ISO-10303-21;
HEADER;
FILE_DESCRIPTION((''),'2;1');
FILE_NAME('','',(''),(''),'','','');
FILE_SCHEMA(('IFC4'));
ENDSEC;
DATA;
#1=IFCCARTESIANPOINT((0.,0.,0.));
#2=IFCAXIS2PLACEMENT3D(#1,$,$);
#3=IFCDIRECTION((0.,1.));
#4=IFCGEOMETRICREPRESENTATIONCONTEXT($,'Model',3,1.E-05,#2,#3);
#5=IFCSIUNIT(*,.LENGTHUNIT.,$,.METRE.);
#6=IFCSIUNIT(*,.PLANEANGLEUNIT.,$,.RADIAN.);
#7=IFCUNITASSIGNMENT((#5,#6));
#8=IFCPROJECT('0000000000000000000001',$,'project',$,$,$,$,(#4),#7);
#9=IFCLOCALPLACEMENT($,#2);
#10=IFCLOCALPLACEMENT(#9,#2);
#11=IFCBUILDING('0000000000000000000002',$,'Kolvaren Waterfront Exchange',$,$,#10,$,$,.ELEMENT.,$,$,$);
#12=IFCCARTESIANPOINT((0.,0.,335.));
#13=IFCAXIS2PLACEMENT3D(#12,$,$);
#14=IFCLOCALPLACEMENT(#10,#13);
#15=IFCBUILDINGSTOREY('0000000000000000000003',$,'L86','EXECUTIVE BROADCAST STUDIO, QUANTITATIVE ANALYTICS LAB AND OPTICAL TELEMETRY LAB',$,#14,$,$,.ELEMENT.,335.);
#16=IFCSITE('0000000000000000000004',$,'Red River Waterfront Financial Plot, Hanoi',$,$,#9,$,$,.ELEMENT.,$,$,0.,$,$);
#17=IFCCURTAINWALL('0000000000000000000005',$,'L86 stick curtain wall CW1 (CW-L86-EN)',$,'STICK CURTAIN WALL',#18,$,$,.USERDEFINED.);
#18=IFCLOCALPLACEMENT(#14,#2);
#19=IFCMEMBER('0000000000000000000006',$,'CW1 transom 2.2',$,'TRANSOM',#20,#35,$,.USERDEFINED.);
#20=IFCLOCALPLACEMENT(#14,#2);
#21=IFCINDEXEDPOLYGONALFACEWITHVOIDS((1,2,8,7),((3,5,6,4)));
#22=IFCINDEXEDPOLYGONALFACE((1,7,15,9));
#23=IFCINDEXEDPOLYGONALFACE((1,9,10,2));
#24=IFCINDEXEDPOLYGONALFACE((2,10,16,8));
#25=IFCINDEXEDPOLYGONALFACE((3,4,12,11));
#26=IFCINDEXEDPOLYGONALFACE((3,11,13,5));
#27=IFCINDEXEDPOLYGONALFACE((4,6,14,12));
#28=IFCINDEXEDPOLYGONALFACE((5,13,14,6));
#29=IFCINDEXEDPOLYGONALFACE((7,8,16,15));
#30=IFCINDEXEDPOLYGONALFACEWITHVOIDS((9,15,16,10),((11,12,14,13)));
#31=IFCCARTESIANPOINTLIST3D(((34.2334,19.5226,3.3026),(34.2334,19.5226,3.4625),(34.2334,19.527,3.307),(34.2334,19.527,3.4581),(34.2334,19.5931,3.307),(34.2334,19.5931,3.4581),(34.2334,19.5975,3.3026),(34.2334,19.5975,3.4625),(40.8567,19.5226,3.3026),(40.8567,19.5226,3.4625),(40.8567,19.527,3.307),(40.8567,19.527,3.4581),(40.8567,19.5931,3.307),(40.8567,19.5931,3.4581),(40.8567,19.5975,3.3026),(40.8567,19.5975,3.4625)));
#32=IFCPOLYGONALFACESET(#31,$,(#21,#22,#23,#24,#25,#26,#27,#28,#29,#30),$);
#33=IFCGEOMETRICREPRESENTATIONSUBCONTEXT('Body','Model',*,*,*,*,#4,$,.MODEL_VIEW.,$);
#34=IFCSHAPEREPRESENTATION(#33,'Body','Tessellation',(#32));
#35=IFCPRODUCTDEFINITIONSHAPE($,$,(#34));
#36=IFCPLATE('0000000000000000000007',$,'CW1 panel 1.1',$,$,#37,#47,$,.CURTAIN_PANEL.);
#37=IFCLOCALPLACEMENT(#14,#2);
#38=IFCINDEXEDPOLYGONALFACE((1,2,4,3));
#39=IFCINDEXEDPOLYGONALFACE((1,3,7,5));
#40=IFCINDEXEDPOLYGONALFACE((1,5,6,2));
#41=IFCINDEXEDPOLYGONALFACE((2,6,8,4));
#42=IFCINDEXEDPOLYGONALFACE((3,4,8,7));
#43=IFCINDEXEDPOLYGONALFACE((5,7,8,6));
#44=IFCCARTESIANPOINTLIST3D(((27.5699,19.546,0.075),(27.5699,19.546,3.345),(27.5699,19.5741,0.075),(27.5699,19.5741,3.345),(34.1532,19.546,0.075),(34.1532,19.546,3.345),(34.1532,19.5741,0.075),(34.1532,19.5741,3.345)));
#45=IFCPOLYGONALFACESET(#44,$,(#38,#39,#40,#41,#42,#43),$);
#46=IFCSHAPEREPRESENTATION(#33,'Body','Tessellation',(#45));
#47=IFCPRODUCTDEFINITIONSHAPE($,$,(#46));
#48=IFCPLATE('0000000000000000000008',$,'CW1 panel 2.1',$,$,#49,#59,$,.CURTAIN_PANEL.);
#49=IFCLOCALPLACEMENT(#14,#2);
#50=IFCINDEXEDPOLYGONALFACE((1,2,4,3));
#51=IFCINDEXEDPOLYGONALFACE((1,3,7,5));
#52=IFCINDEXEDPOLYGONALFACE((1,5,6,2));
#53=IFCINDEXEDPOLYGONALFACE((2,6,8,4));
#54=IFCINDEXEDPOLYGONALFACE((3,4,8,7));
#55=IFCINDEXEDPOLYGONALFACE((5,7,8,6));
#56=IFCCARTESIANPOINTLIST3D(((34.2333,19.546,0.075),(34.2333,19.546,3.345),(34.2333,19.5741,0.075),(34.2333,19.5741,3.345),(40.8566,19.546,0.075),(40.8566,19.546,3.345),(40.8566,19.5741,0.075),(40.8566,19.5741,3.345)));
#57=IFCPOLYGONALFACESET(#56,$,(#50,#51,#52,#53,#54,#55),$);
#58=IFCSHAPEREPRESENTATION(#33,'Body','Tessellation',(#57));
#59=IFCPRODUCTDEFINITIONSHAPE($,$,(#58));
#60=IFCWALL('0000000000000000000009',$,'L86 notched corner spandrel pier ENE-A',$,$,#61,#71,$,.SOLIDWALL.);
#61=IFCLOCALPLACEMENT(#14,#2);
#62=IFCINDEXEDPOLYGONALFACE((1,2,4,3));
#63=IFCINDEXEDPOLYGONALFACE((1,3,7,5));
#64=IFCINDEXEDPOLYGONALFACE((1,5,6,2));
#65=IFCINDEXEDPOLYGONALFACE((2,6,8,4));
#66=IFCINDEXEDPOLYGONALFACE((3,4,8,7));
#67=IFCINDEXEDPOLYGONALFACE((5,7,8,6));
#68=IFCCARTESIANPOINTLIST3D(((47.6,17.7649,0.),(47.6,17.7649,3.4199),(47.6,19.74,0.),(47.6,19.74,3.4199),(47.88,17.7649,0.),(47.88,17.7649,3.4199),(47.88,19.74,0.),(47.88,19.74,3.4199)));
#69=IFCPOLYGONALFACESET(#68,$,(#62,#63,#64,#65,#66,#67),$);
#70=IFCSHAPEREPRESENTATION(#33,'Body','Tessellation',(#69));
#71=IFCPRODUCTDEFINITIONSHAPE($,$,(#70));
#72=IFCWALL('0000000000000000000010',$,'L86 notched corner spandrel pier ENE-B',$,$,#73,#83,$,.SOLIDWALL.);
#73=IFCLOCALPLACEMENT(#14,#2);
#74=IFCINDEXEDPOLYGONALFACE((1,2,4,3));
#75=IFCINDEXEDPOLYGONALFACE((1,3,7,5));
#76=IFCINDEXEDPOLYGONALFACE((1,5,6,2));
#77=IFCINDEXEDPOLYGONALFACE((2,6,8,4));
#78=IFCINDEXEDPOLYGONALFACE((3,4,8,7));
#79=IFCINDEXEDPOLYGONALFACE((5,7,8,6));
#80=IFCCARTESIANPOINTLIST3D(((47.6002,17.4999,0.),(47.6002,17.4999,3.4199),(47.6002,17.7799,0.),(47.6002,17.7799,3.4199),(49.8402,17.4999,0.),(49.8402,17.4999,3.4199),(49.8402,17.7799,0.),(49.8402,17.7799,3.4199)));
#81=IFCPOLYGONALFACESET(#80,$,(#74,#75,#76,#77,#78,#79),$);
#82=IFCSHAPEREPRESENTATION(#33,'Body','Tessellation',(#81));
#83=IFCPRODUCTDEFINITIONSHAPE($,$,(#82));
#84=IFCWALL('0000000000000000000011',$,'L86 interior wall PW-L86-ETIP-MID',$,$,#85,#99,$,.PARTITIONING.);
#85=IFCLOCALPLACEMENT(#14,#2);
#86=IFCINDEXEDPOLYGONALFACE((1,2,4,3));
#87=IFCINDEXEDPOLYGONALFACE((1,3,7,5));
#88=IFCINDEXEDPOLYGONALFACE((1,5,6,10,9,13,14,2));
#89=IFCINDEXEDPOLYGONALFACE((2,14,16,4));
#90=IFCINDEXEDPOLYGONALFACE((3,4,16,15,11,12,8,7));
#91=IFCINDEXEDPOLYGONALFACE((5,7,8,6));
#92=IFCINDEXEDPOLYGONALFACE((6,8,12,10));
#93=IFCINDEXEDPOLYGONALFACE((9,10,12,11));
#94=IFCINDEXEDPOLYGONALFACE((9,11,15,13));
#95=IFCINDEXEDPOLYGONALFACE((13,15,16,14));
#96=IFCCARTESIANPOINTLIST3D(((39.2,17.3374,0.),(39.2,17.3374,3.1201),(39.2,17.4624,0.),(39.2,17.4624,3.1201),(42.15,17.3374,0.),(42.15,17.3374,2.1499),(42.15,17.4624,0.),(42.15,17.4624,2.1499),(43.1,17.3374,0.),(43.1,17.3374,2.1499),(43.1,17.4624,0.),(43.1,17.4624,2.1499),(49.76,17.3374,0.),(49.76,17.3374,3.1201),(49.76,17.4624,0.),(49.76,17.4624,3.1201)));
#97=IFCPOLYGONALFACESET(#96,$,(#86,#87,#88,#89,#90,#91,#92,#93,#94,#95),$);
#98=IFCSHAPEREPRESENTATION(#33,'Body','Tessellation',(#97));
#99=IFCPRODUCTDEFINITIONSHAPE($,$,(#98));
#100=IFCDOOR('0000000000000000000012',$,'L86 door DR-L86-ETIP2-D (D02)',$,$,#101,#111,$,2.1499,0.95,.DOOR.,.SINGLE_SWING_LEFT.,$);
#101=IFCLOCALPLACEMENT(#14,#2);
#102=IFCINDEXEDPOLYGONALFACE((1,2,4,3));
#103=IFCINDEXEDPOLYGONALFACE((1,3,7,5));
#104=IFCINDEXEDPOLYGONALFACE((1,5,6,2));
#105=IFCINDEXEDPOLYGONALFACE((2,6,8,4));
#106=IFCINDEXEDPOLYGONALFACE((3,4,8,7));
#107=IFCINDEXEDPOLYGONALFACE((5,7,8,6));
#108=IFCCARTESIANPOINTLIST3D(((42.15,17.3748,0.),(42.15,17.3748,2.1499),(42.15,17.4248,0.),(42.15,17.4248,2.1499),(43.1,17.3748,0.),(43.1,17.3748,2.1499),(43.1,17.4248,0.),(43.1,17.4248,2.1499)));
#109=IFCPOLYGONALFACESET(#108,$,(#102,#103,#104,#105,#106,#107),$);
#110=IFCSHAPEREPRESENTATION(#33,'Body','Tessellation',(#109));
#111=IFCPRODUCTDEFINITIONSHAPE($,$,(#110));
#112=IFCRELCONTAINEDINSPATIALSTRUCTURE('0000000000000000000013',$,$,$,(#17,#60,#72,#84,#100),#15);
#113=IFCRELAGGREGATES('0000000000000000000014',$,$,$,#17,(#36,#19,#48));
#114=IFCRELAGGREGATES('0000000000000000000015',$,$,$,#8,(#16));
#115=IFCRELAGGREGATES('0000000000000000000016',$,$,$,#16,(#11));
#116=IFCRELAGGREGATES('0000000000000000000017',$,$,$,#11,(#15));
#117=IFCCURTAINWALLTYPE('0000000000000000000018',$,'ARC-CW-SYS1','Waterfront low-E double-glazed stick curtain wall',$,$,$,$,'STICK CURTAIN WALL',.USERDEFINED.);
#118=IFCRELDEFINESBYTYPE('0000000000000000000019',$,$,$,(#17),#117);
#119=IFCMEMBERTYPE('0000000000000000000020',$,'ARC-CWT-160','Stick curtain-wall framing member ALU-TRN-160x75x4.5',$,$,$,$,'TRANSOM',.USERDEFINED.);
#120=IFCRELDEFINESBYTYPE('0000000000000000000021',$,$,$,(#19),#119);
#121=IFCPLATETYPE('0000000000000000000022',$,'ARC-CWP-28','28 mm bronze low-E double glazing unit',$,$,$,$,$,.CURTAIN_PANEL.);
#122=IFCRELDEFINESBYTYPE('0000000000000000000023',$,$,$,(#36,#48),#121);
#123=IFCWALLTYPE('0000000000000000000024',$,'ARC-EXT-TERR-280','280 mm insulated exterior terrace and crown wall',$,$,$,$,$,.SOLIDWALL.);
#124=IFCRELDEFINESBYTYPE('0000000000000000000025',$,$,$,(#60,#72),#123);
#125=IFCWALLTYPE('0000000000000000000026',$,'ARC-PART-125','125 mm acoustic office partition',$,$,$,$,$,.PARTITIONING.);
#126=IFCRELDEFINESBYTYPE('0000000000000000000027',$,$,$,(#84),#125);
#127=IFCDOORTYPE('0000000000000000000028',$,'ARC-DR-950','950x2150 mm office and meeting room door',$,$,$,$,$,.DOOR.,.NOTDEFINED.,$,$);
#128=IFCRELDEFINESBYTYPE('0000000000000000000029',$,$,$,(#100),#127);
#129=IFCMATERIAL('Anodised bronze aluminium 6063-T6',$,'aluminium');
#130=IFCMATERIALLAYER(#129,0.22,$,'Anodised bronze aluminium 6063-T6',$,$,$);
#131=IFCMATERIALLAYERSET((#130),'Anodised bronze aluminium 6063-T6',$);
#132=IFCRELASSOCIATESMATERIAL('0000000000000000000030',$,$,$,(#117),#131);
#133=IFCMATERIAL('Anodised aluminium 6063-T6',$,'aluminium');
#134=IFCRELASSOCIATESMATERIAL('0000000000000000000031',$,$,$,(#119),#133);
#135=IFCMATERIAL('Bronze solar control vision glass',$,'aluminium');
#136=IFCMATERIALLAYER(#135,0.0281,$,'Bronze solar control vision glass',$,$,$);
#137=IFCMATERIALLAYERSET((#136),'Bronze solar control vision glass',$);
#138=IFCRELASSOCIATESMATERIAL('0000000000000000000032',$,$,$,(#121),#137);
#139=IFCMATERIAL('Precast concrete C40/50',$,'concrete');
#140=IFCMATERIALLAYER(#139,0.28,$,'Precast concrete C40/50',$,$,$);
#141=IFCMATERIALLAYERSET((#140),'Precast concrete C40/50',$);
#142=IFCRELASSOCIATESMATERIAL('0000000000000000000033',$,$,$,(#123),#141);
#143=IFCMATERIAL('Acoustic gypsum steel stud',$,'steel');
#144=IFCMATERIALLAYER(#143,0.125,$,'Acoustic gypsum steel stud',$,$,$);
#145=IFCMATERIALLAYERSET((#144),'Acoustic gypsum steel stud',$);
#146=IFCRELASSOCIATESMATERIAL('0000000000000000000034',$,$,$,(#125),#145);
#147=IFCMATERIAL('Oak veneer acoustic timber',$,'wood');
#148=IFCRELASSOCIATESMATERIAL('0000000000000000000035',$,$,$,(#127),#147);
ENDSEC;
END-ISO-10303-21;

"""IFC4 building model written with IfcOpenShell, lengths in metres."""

from ifc_helpers import new_model, si_unit, direction, frame, frame_2d, origin, origin_with_axes, origin_2d, place, context, subcontext, project, spatial, rectangle, hollow_rectangle, extrude, source, transform, mapped, material, layer, layer_set, material_profile, profile_set, type_object, element, fill, aggregate, save


model = new_model("IFC4")

# Units and contexts
model_context = context("Model", 3, precision=1e-05, world=origin(), true_north=direction((0.0, 1.0)))
body_context = subcontext(model_context, "Body", "Model", "MODEL_VIEW")
ifc_project = project(units=[si_unit("LENGTHUNIT", "METRE"), si_unit("PLANEANGLEUNIT", "RADIAN")], contexts=[model_context])

# Site, building, storey
site_placement = place(None, origin())
site = spatial("IfcSite", under=ifc_project, at=site_placement, Name="Red River Waterfront Financial Plot, Hanoi", CompositionType="ELEMENT", RefElevation=0.0)
building_placement = place(site_placement, origin())
building = spatial("IfcBuilding", under=site, at=building_placement, Name="Kolvaren Waterfront Exchange", CompositionType="ELEMENT")
storey_placement = place(building_placement, frame((0.0, 0.0, 335.0)))
storey = spatial("IfcBuildingStorey", under=building, at=storey_placement, Name="L86", Description="EXECUTIVE BROADCAST STUDIO, QUANTITATIVE ANALYTICS LAB AND OPTICAL TELEMETRY LAB", CompositionType="ELEMENT", Elevation=335.0)

# Curtain wall, member, plates
ifc_material_1 = material(Name="Anodised bronze aluminium 6063-T6", Category="aluminium")
ifc_layer_1 = layer(ifc_material_1, 0.22, Name="Anodised bronze aluminium 6063-T6")
ifc_layer_set_1 = layer_set([ifc_layer_1], Name="Anodised bronze aluminium 6063-T6")
curtain_wall_type = type_object("IfcCurtainWallType", Name="ARC-CW-SYS1", Description="Waterfront low-E double-glazed stick curtain wall", ElementType="STICK CURTAIN WALL", PredefinedType="USERDEFINED", material=ifc_layer_set_1)
curtain_wall_placement = place(storey_placement, origin())
curtain_wall = element("IfcCurtainWall", 1, at=curtain_wall_placement, inside=storey, type_object=curtain_wall_type, Name="L86 stick curtain wall CW1 (CW-L86-EN)", ObjectType="STICK CURTAIN WALL", PredefinedType="USERDEFINED")
ifc_material_2 = material(Name="Anodised aluminium 6063-T6", Category="aluminium")
ifc_material_profile_1 = material_profile(ifc_material_2, hollow_rectangle(XDim=0.075, YDim=0.1599, WallThickness=0.0044, at=origin_2d()), Name="ALU-TRN-160x75x4.5")
ifc_profile_set_1 = profile_set([ifc_material_profile_1], Name="Anodised aluminium 6063-T6")
member_type_1 = type_object("IfcMemberType", Name="ARC-CWT-160", Description="Stick curtain-wall framing member ALU-TRN-160x75x4.5", ElementType="TRANSOM", PredefinedType="USERDEFINED", material=ifc_profile_set_1)
shared_shape_1 = source(origin_with_axes(), body_context, "Body", "SweptSolid", [
    extrude(hollow_rectangle(XDim=0.075, YDim=0.1599, WallThickness=0.0044, at=origin_2d()), origin(), (0.0, 0.0, 1.0), 6.6233),
])
member_1_placement = place(storey_placement, frame((34.2334, 19.5601, 3.3826), z_axis=(1.0, 0.0, 0.0), x_axis=(0.0, 1.0, 0.0)))
member_1 = element("IfcMember", 2, at=member_1_placement, type_object=member_type_1, Name="CW1 transom 2.2", ObjectType="TRANSOM", PredefinedType="USERDEFINED", context=body_context, shape_type="MappedRepresentation", body=[
    mapped(shared_shape_1, transform((0.0, 0.0, 0.0), x_axis=(1.0, 0.0, 0.0), y_axis=(0.0, 1.0, 0.0), z_axis=(0.0, 0.0, 1.0), scale=1.0)),
])
ifc_material_3 = material(Name="Bronze solar control vision glass", Category="aluminium")
ifc_layer_2 = layer(ifc_material_3, 0.0281, Name="Bronze solar control vision glass")
ifc_layer_set_2 = layer_set([ifc_layer_2], Name="Bronze solar control vision glass")
plate_type = type_object("IfcPlateType", Name="ARC-CWP-28", Description="28 mm bronze low-E double glazing unit", PredefinedType="CURTAIN_PANEL", material=ifc_layer_set_2)
shared_shape_2 = source(origin_with_axes(), body_context, "Body", "SweptSolid", [
    extrude(rectangle(XDim=6.5833, YDim=0.0281, at=origin_2d()), origin(), (0.0, 0.0, 1.0), 3.27),
])
plate_1_placement = place(storey_placement, frame((30.8616, 19.5601, 0.075), z_axis=(0.0, 0.0, 1.0), x_axis=(1.0, 0.0, 0.0)))
plate_1 = element("IfcPlate", 3, at=plate_1_placement, type_object=plate_type, Name="CW1 panel 1.1", PredefinedType="CURTAIN_PANEL", context=body_context, shape_type="MappedRepresentation", body=[
    mapped(shared_shape_2, transform((0.0, 0.0, 0.0), x_axis=(1.0, 0.0, 0.0), y_axis=(0.0, 1.0, 0.0), z_axis=(0.0, 0.0, 1.0), scale=1.0)),
])
shared_shape_3 = source(origin_with_axes(), body_context, "Body", "SweptSolid", [
    extrude(rectangle(XDim=6.6233, YDim=0.0281, at=origin_2d()), origin(), (0.0, 0.0, 1.0), 3.27),
])
plate_2_placement = place(storey_placement, frame((37.5449, 19.5601, 0.075), z_axis=(0.0, 0.0, 1.0), x_axis=(1.0, 0.0, 0.0)))
plate_2 = element("IfcPlate", 4, at=plate_2_placement, type_object=plate_type, Name="CW1 panel 2.1", PredefinedType="CURTAIN_PANEL", context=body_context, shape_type="MappedRepresentation", body=[
    mapped(shared_shape_3, transform((0.0, 0.0, 0.0), x_axis=(1.0, 0.0, 0.0), y_axis=(0.0, 1.0, 0.0), z_axis=(0.0, 0.0, 1.0), scale=1.0)),
])
aggregate(curtain_wall, [plate_1, member_1, plate_2])

# Walls
ifc_material_4 = material(Name="Precast concrete C40/50", Category="concrete")
ifc_layer_3 = layer(ifc_material_4, 0.28, Name="Precast concrete C40/50")
ifc_layer_set_3 = layer_set([ifc_layer_3], Name="Precast concrete C40/50")
wall_type_1 = type_object("IfcWallType", Name="ARC-EXT-TERR-280", Description="280 mm insulated exterior terrace and crown wall", PredefinedType="SOLIDWALL", material=ifc_layer_set_3)
wall_1_placement = place(storey_placement, frame((47.74, 17.7649, 0.0), z_axis=(0.0, 0.0, 1.0), x_axis=(0.0, 1.0, 0.0)))
element("IfcWall", 5, at=wall_1_placement, inside=storey, type_object=wall_type_1, Name="L86 notched corner spandrel pier ENE-A", PredefinedType="SOLIDWALL", context=body_context, shape_type="SweptSolid", body=[
    extrude(rectangle(XDim=1.9751, YDim=0.28, at=frame_2d((0.9875, 0.0))), origin(), (0.0, 0.0, 1.0), 3.4199),
])
wall_2_placement = place(storey_placement, frame((47.6001, 17.6399, 0.0), z_axis=(0.0, 0.0, 1.0), x_axis=(1.0, 0.0, 0.0)))
element("IfcWall", 6, at=wall_2_placement, inside=storey, type_object=wall_type_1, Name="L86 notched corner spandrel pier ENE-B", PredefinedType="SOLIDWALL", context=body_context, shape_type="SweptSolid", body=[
    extrude(rectangle(XDim=2.24, YDim=0.28, at=frame_2d((1.1201, 0.0))), origin(), (0.0, 0.0, 1.0), 3.4199),
])

# Wall, opening, door
ifc_material_5 = material(Name="Acoustic gypsum steel stud", Category="steel")
ifc_layer_4 = layer(ifc_material_5, 0.125, Name="Acoustic gypsum steel stud")
ifc_layer_set_4 = layer_set([ifc_layer_4], Name="Acoustic gypsum steel stud")
wall_type_2 = type_object("IfcWallType", Name="ARC-PART-125", Description="125 mm acoustic office partition", PredefinedType="PARTITIONING", material=ifc_layer_set_4)
wall_3_placement = place(storey_placement, frame((39.2, 17.3999, 0.0), z_axis=(0.0, 0.0, 1.0), x_axis=(1.0, 0.0, 0.0)))
wall_3 = element("IfcWall", 7, at=wall_3_placement, inside=storey, type_object=wall_type_2, Name="L86 interior wall PW-L86-ETIP-MID", PredefinedType="PARTITIONING", context=body_context, shape_type="SweptSolid", body=[
    extrude(rectangle(XDim=10.5601, YDim=0.125, at=frame_2d((5.28, 0.0))), origin(), (0.0, 0.0, 1.0), 3.1201),
])
opening_placement = place(wall_3_placement, frame((2.95, 0.0, 0.0)))
opening = element("IfcOpeningElement", 8, at=opening_placement, cuts=wall_3, PredefinedType="OPENING", context=body_context, shape_type="SweptSolid", body=[
    extrude(rectangle(XDim=0.95, YDim=2.1499, at=frame_2d((0.4751, 1.075))), frame((0.0, 0.0725, 0.0), z_axis=(0.0, -1.0, 0.0), x_axis=(1.0, 0.0, 0.0)), (0.0, 0.0, 1.0), 0.145),
])
ifc_material_6 = material(Name="Oak veneer acoustic timber", Category="wood")
door_type = type_object("IfcDoorType", Name="ARC-DR-950", Description="950x2150 mm office and meeting room door", OperationType="NOTDEFINED", PredefinedType="DOOR", material=ifc_material_6)
door_placement = place(opening_placement, origin())
door = element("IfcDoor", 9, at=door_placement, inside=storey, type_object=door_type, Name="L86 door DR-L86-ETIP2-D (D02)", OperationType="SINGLE_SWING_LEFT", OverallHeight=2.1499, OverallWidth=0.95, PredefinedType="DOOR", context=body_context, shape_type="SweptSolid", body=[
    extrude(rectangle(XDim=0.95, YDim=2.1499, at=frame_2d((0.4751, 1.075))), frame((0.0, 0.0249, 0.0), z_axis=(0.0, -1.0, 0.0), x_axis=(1.0, 0.0, 0.0)), (0.0, 0.0, 1.0), 0.05),
])
fill(opening, door)

save(model, "model.ifc")
